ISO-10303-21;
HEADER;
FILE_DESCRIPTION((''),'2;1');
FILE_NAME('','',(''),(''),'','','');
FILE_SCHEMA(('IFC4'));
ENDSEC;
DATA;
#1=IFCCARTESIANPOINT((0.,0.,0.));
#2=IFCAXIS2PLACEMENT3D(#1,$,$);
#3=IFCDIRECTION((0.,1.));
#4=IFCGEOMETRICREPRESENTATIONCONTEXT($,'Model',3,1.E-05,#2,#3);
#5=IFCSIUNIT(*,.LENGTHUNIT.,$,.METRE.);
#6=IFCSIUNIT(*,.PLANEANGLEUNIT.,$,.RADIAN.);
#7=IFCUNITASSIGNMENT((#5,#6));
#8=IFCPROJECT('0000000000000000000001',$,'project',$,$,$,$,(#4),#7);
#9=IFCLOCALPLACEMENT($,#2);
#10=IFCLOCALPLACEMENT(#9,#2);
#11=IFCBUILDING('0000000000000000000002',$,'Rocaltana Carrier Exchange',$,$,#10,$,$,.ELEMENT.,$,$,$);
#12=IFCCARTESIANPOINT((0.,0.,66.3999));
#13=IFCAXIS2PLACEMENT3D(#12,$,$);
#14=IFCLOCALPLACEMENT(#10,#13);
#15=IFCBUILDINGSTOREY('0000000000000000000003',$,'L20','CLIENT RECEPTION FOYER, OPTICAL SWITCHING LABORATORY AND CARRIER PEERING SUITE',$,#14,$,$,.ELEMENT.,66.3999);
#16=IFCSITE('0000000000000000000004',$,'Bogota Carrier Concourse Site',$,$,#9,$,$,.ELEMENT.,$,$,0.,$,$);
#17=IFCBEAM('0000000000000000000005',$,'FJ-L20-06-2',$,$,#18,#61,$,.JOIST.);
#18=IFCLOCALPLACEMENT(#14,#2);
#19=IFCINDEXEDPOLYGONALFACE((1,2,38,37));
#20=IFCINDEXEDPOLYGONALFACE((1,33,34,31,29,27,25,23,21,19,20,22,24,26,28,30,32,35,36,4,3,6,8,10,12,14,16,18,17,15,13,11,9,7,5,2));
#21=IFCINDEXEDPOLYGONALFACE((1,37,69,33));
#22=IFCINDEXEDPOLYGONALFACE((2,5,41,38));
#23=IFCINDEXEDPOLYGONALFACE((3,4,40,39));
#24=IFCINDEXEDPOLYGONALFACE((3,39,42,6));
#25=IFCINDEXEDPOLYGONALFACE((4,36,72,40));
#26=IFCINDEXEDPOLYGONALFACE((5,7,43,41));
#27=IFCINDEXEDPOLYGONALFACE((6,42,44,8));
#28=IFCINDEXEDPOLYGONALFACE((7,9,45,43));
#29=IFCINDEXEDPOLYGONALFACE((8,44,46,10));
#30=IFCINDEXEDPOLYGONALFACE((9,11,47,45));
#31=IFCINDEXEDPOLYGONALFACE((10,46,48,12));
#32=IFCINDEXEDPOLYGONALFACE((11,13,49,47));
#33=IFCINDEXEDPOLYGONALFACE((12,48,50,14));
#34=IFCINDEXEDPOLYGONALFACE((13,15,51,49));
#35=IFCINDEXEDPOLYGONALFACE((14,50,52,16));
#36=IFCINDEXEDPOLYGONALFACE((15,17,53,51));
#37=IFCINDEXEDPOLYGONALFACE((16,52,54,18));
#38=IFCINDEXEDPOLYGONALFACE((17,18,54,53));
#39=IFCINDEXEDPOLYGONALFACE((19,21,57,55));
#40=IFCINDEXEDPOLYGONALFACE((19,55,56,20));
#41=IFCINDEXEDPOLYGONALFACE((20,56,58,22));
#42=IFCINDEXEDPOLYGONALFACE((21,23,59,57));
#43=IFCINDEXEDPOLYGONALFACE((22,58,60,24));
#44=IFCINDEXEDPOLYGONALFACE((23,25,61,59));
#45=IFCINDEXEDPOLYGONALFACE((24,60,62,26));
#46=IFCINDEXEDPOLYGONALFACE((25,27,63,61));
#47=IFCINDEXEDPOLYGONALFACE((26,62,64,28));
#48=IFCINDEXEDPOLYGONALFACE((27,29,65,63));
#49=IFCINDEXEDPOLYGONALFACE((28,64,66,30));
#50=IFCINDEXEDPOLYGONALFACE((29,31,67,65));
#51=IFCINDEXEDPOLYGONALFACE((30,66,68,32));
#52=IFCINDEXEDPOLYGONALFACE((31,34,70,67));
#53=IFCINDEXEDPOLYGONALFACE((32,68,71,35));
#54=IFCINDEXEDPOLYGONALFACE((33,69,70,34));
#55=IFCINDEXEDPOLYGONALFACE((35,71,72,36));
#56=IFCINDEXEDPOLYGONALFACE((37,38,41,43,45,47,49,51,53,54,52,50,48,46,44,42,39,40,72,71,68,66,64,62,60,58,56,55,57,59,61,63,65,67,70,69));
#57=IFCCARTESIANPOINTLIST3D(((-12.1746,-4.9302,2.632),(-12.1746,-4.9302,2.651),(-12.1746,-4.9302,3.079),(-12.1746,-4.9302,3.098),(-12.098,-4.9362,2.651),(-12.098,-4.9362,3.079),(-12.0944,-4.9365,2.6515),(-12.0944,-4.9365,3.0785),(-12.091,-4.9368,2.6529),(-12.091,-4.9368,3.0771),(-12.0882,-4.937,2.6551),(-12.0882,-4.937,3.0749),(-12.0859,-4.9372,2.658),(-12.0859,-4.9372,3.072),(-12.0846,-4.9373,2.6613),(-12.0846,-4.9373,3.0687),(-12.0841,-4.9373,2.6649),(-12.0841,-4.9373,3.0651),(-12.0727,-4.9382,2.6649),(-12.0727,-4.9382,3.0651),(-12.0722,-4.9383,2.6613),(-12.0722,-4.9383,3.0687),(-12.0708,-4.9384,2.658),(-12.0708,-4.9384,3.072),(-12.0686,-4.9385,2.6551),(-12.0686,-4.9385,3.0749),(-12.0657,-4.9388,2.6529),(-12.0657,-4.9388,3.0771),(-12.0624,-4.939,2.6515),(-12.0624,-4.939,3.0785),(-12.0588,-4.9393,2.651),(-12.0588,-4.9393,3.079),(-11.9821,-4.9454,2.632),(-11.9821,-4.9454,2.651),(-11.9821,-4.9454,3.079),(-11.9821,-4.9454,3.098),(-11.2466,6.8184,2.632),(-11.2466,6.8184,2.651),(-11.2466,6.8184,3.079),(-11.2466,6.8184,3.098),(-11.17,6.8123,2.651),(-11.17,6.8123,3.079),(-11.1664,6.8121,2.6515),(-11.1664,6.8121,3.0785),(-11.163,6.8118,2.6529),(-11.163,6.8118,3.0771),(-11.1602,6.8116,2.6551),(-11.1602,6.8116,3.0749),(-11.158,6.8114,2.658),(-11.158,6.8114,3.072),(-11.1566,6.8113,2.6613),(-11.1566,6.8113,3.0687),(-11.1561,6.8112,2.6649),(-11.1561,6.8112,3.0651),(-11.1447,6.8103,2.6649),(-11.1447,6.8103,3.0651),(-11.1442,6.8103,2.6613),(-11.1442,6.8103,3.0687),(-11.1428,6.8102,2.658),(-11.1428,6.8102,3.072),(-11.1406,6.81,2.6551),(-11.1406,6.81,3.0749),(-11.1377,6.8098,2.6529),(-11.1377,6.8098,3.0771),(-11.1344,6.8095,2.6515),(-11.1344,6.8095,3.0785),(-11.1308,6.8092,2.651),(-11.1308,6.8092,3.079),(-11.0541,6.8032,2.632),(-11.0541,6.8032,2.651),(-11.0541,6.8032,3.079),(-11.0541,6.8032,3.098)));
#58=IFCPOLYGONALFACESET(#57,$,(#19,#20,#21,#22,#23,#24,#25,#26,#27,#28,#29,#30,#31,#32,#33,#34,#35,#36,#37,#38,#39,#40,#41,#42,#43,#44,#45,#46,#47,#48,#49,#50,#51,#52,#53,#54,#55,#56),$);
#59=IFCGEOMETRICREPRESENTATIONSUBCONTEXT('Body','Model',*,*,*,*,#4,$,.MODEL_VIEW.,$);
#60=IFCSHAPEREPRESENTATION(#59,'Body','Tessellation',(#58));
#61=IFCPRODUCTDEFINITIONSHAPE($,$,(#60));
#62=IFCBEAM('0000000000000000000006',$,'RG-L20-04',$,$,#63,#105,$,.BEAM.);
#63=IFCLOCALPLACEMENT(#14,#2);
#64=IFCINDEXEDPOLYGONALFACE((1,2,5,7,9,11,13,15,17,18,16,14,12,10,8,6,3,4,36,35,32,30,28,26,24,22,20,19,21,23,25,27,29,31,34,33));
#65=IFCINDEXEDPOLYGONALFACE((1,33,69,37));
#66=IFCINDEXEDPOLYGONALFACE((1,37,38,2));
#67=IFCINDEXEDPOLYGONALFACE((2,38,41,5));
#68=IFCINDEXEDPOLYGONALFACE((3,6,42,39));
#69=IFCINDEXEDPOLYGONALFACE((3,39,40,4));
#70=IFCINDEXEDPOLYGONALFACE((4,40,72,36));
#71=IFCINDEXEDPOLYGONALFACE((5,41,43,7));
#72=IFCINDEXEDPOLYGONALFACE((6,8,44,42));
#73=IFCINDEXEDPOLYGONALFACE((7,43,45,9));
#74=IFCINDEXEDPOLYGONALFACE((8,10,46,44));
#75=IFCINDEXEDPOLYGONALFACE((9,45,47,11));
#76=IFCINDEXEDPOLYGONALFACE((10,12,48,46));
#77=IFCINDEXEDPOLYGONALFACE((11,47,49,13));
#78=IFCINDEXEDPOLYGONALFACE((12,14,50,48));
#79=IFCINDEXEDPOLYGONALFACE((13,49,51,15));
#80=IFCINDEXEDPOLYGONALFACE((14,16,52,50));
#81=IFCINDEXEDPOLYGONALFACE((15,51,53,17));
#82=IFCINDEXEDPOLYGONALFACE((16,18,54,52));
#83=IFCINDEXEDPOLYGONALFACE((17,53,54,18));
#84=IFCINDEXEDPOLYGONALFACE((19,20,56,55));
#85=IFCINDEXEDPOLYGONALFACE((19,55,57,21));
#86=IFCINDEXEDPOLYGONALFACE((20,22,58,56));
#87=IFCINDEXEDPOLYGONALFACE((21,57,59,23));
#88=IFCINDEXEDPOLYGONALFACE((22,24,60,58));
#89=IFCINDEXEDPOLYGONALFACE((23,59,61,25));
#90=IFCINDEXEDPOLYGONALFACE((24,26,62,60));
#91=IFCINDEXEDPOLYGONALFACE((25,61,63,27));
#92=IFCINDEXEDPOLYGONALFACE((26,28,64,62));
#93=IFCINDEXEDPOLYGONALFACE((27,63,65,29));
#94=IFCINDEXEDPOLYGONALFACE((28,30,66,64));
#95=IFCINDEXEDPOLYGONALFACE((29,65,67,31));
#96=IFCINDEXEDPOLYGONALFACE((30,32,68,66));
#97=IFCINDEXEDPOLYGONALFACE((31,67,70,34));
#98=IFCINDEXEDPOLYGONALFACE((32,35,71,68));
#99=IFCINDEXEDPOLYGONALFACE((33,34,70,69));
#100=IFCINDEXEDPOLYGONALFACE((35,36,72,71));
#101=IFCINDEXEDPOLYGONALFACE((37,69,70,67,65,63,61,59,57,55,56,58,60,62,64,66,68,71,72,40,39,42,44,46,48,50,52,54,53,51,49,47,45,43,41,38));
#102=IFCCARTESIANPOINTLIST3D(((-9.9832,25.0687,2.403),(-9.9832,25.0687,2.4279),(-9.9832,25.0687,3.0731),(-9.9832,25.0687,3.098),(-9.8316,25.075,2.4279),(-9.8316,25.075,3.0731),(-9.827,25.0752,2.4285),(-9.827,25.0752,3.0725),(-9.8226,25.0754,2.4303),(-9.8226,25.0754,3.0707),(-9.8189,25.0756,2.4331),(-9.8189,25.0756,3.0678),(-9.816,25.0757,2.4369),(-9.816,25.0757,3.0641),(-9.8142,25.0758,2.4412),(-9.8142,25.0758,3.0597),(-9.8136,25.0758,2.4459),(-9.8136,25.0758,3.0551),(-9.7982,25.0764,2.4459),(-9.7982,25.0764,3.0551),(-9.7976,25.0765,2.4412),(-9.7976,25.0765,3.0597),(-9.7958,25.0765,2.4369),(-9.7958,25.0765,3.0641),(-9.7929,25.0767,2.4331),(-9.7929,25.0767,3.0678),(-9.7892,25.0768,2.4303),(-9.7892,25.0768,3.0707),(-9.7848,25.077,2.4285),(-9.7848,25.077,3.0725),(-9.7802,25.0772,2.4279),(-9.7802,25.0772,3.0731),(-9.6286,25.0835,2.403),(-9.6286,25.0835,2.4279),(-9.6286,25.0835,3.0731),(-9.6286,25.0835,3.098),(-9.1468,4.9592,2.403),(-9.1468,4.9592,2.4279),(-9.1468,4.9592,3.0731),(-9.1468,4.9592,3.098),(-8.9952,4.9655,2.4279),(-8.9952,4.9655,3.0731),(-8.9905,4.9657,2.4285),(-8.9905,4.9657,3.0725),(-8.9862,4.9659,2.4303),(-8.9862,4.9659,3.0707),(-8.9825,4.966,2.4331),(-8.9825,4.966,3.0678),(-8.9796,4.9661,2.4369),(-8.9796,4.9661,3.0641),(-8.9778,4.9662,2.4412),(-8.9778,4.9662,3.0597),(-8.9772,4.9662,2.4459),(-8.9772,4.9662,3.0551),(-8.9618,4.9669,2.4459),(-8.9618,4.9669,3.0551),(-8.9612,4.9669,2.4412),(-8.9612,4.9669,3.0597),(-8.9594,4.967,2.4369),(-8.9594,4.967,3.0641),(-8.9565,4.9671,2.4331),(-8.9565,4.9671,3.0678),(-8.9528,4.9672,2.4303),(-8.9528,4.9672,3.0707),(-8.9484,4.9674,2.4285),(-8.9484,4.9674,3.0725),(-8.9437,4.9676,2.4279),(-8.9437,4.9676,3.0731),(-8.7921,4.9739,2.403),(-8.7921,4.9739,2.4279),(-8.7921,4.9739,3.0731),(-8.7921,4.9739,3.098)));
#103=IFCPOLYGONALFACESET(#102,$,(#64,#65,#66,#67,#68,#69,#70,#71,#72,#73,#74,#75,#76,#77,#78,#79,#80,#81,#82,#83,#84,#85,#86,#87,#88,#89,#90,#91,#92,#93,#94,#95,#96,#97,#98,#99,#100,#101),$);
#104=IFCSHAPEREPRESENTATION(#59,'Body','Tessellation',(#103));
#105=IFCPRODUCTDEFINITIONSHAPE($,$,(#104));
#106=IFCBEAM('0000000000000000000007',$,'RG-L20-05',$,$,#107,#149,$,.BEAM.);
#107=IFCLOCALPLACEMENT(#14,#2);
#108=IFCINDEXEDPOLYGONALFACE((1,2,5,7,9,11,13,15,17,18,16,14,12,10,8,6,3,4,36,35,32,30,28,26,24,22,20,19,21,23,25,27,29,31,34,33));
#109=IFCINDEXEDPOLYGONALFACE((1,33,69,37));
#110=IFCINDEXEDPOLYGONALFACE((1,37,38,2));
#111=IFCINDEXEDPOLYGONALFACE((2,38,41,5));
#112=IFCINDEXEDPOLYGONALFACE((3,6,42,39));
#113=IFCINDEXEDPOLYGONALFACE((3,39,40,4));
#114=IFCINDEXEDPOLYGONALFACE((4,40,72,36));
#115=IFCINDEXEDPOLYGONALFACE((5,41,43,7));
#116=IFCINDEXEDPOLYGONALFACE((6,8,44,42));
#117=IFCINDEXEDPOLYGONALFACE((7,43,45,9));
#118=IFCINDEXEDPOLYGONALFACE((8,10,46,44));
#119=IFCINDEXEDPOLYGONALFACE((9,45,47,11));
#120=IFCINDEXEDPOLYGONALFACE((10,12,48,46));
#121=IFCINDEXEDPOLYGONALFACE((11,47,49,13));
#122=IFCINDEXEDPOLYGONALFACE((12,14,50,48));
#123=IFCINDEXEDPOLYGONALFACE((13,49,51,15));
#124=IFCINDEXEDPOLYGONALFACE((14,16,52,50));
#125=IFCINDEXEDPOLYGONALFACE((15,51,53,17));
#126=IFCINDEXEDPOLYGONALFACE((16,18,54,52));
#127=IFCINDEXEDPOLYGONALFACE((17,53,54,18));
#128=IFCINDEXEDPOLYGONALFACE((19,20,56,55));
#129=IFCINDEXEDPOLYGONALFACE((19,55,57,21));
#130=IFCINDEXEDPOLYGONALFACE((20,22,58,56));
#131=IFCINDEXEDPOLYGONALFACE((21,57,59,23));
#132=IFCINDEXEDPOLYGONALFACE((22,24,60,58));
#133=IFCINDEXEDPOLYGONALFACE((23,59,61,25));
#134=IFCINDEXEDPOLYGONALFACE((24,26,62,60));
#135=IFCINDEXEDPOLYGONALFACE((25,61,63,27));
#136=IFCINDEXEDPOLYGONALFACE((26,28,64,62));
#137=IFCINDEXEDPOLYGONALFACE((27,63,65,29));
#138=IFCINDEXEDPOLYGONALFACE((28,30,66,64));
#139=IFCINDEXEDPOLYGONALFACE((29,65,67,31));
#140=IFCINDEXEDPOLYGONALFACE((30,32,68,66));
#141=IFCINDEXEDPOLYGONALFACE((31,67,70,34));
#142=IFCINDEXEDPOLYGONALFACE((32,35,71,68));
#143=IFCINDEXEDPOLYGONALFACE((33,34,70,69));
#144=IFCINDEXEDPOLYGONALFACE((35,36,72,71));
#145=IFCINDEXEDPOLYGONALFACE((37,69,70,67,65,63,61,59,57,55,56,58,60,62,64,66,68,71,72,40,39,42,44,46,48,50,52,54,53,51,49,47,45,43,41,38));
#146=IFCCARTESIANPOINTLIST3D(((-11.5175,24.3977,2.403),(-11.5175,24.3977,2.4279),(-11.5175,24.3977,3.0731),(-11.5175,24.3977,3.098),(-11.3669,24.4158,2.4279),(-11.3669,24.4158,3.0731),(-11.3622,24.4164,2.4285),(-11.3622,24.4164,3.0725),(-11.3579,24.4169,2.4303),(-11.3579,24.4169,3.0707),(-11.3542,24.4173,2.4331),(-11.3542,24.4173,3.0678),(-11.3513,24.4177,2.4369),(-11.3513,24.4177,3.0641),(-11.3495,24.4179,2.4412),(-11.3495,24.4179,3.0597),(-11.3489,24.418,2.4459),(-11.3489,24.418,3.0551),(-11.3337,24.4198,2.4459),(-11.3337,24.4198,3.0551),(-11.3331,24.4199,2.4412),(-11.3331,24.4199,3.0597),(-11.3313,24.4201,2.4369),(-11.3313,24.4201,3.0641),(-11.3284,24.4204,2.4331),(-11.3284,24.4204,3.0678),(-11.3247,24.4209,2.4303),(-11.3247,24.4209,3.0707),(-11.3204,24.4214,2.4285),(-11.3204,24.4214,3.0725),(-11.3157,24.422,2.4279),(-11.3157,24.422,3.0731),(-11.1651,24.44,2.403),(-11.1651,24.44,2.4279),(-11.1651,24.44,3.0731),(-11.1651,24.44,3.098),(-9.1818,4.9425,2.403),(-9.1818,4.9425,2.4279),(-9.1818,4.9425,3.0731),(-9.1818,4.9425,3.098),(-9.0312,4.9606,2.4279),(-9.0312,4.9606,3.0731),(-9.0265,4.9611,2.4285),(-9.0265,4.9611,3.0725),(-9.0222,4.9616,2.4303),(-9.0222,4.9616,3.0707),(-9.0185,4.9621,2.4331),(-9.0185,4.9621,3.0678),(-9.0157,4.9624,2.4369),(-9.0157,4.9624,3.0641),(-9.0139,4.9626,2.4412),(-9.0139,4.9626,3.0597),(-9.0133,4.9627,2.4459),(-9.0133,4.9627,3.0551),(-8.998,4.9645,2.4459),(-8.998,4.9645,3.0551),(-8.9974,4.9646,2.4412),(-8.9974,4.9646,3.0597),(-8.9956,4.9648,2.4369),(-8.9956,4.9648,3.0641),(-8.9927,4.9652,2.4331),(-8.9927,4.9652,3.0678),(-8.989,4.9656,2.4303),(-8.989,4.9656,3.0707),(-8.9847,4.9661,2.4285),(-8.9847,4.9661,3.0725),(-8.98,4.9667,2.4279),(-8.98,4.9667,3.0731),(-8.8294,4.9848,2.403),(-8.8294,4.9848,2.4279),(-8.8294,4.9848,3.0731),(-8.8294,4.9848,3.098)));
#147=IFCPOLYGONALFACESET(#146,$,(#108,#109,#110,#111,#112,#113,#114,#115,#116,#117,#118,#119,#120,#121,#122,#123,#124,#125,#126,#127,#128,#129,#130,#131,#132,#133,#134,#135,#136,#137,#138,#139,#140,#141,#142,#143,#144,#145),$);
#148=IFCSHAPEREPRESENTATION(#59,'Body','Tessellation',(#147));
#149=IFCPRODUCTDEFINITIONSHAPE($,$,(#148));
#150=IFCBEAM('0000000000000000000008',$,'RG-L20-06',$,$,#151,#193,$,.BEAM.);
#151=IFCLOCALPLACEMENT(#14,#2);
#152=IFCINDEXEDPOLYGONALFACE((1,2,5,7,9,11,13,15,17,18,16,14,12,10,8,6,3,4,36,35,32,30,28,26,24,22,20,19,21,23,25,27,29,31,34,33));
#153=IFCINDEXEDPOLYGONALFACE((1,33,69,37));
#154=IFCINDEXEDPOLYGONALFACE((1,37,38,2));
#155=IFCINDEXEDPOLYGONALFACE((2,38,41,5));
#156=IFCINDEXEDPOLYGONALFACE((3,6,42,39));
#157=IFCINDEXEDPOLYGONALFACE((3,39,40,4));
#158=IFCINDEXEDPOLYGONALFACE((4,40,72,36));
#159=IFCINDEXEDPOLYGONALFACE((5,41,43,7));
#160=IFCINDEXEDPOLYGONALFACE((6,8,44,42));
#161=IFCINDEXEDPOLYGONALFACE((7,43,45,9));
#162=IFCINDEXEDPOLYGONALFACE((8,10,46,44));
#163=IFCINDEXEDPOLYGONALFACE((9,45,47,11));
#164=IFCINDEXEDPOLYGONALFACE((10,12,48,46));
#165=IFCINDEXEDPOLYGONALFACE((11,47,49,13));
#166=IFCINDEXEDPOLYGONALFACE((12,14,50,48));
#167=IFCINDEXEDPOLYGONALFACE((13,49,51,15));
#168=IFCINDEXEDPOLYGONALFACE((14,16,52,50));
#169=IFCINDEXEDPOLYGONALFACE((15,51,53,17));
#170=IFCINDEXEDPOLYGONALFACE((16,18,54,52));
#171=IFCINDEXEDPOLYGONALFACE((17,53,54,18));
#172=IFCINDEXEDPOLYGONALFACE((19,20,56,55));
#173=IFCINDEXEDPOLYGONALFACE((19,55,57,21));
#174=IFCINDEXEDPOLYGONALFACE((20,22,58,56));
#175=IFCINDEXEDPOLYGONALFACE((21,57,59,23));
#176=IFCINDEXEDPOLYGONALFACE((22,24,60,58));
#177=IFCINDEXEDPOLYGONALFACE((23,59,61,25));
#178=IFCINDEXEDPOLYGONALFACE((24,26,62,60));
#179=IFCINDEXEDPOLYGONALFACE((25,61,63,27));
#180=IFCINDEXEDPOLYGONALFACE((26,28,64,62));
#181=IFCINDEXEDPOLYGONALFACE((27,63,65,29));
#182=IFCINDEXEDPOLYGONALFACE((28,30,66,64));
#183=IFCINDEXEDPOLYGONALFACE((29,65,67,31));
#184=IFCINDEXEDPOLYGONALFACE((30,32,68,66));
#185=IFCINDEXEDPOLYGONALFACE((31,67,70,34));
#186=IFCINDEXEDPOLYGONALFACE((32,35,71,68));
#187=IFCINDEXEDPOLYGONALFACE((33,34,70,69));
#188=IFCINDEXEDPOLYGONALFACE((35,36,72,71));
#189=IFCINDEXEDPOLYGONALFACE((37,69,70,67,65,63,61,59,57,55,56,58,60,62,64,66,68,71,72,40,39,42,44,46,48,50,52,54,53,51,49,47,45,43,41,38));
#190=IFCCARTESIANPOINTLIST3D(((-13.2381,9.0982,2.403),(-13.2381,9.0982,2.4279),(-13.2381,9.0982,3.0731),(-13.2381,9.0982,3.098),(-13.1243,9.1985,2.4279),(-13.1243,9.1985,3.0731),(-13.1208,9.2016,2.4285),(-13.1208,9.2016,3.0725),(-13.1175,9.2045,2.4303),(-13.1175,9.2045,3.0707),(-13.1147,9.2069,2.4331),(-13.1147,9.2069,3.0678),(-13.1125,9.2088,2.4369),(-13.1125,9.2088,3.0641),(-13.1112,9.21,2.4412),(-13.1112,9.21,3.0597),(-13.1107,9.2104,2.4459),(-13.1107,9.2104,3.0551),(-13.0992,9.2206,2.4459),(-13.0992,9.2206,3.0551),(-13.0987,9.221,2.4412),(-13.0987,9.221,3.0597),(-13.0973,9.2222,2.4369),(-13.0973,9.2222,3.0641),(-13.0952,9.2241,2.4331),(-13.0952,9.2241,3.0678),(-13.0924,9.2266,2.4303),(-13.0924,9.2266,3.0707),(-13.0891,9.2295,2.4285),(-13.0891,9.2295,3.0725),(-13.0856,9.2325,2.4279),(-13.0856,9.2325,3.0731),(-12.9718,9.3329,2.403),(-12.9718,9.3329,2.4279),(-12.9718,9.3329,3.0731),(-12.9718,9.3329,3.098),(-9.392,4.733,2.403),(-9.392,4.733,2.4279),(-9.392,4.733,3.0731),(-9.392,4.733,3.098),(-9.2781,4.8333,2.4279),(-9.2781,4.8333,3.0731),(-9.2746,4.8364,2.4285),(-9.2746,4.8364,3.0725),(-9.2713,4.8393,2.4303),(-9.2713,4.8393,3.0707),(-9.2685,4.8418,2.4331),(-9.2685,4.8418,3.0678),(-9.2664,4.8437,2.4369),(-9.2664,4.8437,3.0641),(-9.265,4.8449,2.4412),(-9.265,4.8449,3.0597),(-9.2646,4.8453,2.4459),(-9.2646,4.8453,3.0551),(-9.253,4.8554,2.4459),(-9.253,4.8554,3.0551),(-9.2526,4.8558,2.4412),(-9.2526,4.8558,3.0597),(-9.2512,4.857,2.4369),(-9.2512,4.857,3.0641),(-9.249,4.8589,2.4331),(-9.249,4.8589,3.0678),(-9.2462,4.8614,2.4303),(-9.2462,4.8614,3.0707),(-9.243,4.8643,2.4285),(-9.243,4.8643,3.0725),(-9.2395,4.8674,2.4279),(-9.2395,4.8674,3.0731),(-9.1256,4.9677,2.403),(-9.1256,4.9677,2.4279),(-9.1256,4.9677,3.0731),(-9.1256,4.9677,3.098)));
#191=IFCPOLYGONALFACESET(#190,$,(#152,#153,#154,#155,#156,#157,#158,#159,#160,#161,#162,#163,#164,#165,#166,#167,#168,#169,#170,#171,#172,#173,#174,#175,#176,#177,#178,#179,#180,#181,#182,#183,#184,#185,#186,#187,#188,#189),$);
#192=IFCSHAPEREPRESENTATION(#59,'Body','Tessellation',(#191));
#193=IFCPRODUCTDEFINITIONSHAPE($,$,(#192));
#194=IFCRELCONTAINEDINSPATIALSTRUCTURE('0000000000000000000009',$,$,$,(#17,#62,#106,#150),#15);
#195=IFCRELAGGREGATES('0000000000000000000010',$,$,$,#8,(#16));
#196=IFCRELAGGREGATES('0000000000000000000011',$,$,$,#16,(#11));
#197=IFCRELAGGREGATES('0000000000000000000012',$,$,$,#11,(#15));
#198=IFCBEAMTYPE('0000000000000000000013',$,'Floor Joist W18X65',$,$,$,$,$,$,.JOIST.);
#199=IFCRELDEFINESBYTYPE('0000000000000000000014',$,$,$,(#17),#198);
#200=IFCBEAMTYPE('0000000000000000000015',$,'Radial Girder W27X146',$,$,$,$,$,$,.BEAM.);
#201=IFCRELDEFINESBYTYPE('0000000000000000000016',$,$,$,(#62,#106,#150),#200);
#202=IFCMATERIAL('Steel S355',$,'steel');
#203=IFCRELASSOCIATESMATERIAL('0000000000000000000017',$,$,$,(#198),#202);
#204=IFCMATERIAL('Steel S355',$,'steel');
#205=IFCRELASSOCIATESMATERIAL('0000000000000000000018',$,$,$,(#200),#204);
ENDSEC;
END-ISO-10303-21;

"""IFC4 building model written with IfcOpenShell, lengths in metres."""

from ifc_helpers import new_model, si_unit, direction, frame, origin, origin_2d, place, context, subcontext, project, spatial, i_section, extrude, material, material_profile, profile_set, type_object, element, save


model = new_model("IFC4")

# Units and contexts
model_context = context("Model", 3, precision=1e-05, world=origin(), true_north=direction((0.0, 1.0)))
body_context = subcontext(model_context, "Body", "Model", "MODEL_VIEW")
ifc_project = project(units=[si_unit("LENGTHUNIT", "METRE"), si_unit("PLANEANGLEUNIT", "RADIAN")], contexts=[model_context])

# Site, building, storey
site_placement = place(None, origin())
site = spatial("IfcSite", under=ifc_project, at=site_placement, Name="Bogota Carrier Concourse Site", CompositionType="ELEMENT", RefElevation=0.0)
building_placement = place(site_placement, origin())
building = spatial("IfcBuilding", under=site, at=building_placement, Name="Rocaltana Carrier Exchange", CompositionType="ELEMENT")
storey_placement = place(building_placement, frame((0.0, 0.0, 66.3999)))
storey = spatial("IfcBuildingStorey", under=building, at=storey_placement, Name="L20", Description="CLIENT RECEPTION FOYER, OPTICAL SWITCHING LABORATORY AND CARRIER PEERING SUITE", CompositionType="ELEMENT", Elevation=66.3999)

# Beams
ifc_material_1 = material(Name="Steel S355", Category="steel")
ifc_material_profile_1 = material_profile(ifc_material_1, i_section(OverallWidth=0.1931, OverallDepth=0.4661, WebThickness=0.0115, FlangeThickness=0.019, FilletRadius=0.0139, at=origin_2d()), Name="W18X65")
ifc_profile_set_1 = profile_set([ifc_material_profile_1], Name="Steel S355")
beam_type_1 = type_object("IfcBeamType", Name="Floor Joist W18X65", PredefinedType="JOIST", material=ifc_profile_set_1)
beam_1_placement = place(storey_placement, frame((-11.1504, 6.8108, 2.865), z_axis=(-0.078741, -0.996895, 0.0), x_axis=(0.996895, -0.078741, 0.0)))
element("IfcBeam", 1, at=beam_1_placement, inside=storey, type_object=beam_type_1, Name="FJ-L20-06-2", PredefinedType="JOIST", context=body_context, shape_type="SweptSolid", body=[
    extrude(i_section(OverallWidth=0.1931, OverallDepth=0.4661, WebThickness=0.0115, FlangeThickness=0.019, FilletRadius=0.0139, at=origin_2d()), origin(), (0.0, 0.0, 1.0), 11.7852),
])
ifc_material_2 = material(Name="Steel S355", Category="steel")
ifc_material_profile_2 = material_profile(ifc_material_2, i_section(OverallWidth=0.355, OverallDepth=0.6951, WebThickness=0.0154, FlangeThickness=0.0249, FilletRadius=0.0181, at=origin_2d()), Name="W27X146")
ifc_profile_set_2 = profile_set([ifc_material_profile_2], Name="Steel S355")
beam_type_2 = type_object("IfcBeamType", Name="Radial Girder W27X146", PredefinedType="BEAM", material=ifc_profile_set_2)
beam_2_placement = place(storey_placement, frame((-8.9695, 4.9666, 2.7505), z_axis=(-0.041557, 0.999136, 0.0), x_axis=(-0.999136, -0.041557, 0.0)))
element("IfcBeam", 2, at=beam_2_placement, inside=storey, type_object=beam_type_2, Name="RG-L20-04", PredefinedType="BEAM", context=body_context, shape_type="SweptSolid", body=[
    extrude(i_section(OverallWidth=0.355, OverallDepth=0.6951, WebThickness=0.0154, FlangeThickness=0.0249, FilletRadius=0.0181, at=origin_2d()), origin(), (0.0, 0.0, 1.0), 20.127),
])
beam_3_placement = place(storey_placement, frame((-9.0056, 4.9636, 2.7505), z_axis=(-0.119198, 0.99287, 0.0), x_axis=(-0.99287, -0.119198, 0.0)))
element("IfcBeam", 3, at=beam_3_placement, inside=storey, type_object=beam_type_2, Name="RG-L20-05", PredefinedType="BEAM", context=body_context, shape_type="SweptSolid", body=[
    extrude(i_section(OverallWidth=0.355, OverallDepth=0.6951, WebThickness=0.0154, FlangeThickness=0.0249, FilletRadius=0.0181, at=origin_2d()), origin(), (0.0, 0.0, 1.0), 19.595),
])
beam_4_placement = place(storey_placement, frame((-9.2588, 4.8503, 2.7505), z_axis=(-0.661091, 0.750305, 0.0), x_axis=(-0.750305, -0.661091, 0.0)))
element("IfcBeam", 4, at=beam_4_placement, inside=storey, type_object=beam_type_2, Name="RG-L20-06", PredefinedType="BEAM", context=body_context, shape_type="SweptSolid", body=[
    extrude(i_section(OverallWidth=0.355, OverallDepth=0.6951, WebThickness=0.0154, FlangeThickness=0.0249, FilletRadius=0.0181, at=origin_2d()), origin(), (0.0, 0.0, 1.0), 5.8179),
])

save(model, "model.ifc")
